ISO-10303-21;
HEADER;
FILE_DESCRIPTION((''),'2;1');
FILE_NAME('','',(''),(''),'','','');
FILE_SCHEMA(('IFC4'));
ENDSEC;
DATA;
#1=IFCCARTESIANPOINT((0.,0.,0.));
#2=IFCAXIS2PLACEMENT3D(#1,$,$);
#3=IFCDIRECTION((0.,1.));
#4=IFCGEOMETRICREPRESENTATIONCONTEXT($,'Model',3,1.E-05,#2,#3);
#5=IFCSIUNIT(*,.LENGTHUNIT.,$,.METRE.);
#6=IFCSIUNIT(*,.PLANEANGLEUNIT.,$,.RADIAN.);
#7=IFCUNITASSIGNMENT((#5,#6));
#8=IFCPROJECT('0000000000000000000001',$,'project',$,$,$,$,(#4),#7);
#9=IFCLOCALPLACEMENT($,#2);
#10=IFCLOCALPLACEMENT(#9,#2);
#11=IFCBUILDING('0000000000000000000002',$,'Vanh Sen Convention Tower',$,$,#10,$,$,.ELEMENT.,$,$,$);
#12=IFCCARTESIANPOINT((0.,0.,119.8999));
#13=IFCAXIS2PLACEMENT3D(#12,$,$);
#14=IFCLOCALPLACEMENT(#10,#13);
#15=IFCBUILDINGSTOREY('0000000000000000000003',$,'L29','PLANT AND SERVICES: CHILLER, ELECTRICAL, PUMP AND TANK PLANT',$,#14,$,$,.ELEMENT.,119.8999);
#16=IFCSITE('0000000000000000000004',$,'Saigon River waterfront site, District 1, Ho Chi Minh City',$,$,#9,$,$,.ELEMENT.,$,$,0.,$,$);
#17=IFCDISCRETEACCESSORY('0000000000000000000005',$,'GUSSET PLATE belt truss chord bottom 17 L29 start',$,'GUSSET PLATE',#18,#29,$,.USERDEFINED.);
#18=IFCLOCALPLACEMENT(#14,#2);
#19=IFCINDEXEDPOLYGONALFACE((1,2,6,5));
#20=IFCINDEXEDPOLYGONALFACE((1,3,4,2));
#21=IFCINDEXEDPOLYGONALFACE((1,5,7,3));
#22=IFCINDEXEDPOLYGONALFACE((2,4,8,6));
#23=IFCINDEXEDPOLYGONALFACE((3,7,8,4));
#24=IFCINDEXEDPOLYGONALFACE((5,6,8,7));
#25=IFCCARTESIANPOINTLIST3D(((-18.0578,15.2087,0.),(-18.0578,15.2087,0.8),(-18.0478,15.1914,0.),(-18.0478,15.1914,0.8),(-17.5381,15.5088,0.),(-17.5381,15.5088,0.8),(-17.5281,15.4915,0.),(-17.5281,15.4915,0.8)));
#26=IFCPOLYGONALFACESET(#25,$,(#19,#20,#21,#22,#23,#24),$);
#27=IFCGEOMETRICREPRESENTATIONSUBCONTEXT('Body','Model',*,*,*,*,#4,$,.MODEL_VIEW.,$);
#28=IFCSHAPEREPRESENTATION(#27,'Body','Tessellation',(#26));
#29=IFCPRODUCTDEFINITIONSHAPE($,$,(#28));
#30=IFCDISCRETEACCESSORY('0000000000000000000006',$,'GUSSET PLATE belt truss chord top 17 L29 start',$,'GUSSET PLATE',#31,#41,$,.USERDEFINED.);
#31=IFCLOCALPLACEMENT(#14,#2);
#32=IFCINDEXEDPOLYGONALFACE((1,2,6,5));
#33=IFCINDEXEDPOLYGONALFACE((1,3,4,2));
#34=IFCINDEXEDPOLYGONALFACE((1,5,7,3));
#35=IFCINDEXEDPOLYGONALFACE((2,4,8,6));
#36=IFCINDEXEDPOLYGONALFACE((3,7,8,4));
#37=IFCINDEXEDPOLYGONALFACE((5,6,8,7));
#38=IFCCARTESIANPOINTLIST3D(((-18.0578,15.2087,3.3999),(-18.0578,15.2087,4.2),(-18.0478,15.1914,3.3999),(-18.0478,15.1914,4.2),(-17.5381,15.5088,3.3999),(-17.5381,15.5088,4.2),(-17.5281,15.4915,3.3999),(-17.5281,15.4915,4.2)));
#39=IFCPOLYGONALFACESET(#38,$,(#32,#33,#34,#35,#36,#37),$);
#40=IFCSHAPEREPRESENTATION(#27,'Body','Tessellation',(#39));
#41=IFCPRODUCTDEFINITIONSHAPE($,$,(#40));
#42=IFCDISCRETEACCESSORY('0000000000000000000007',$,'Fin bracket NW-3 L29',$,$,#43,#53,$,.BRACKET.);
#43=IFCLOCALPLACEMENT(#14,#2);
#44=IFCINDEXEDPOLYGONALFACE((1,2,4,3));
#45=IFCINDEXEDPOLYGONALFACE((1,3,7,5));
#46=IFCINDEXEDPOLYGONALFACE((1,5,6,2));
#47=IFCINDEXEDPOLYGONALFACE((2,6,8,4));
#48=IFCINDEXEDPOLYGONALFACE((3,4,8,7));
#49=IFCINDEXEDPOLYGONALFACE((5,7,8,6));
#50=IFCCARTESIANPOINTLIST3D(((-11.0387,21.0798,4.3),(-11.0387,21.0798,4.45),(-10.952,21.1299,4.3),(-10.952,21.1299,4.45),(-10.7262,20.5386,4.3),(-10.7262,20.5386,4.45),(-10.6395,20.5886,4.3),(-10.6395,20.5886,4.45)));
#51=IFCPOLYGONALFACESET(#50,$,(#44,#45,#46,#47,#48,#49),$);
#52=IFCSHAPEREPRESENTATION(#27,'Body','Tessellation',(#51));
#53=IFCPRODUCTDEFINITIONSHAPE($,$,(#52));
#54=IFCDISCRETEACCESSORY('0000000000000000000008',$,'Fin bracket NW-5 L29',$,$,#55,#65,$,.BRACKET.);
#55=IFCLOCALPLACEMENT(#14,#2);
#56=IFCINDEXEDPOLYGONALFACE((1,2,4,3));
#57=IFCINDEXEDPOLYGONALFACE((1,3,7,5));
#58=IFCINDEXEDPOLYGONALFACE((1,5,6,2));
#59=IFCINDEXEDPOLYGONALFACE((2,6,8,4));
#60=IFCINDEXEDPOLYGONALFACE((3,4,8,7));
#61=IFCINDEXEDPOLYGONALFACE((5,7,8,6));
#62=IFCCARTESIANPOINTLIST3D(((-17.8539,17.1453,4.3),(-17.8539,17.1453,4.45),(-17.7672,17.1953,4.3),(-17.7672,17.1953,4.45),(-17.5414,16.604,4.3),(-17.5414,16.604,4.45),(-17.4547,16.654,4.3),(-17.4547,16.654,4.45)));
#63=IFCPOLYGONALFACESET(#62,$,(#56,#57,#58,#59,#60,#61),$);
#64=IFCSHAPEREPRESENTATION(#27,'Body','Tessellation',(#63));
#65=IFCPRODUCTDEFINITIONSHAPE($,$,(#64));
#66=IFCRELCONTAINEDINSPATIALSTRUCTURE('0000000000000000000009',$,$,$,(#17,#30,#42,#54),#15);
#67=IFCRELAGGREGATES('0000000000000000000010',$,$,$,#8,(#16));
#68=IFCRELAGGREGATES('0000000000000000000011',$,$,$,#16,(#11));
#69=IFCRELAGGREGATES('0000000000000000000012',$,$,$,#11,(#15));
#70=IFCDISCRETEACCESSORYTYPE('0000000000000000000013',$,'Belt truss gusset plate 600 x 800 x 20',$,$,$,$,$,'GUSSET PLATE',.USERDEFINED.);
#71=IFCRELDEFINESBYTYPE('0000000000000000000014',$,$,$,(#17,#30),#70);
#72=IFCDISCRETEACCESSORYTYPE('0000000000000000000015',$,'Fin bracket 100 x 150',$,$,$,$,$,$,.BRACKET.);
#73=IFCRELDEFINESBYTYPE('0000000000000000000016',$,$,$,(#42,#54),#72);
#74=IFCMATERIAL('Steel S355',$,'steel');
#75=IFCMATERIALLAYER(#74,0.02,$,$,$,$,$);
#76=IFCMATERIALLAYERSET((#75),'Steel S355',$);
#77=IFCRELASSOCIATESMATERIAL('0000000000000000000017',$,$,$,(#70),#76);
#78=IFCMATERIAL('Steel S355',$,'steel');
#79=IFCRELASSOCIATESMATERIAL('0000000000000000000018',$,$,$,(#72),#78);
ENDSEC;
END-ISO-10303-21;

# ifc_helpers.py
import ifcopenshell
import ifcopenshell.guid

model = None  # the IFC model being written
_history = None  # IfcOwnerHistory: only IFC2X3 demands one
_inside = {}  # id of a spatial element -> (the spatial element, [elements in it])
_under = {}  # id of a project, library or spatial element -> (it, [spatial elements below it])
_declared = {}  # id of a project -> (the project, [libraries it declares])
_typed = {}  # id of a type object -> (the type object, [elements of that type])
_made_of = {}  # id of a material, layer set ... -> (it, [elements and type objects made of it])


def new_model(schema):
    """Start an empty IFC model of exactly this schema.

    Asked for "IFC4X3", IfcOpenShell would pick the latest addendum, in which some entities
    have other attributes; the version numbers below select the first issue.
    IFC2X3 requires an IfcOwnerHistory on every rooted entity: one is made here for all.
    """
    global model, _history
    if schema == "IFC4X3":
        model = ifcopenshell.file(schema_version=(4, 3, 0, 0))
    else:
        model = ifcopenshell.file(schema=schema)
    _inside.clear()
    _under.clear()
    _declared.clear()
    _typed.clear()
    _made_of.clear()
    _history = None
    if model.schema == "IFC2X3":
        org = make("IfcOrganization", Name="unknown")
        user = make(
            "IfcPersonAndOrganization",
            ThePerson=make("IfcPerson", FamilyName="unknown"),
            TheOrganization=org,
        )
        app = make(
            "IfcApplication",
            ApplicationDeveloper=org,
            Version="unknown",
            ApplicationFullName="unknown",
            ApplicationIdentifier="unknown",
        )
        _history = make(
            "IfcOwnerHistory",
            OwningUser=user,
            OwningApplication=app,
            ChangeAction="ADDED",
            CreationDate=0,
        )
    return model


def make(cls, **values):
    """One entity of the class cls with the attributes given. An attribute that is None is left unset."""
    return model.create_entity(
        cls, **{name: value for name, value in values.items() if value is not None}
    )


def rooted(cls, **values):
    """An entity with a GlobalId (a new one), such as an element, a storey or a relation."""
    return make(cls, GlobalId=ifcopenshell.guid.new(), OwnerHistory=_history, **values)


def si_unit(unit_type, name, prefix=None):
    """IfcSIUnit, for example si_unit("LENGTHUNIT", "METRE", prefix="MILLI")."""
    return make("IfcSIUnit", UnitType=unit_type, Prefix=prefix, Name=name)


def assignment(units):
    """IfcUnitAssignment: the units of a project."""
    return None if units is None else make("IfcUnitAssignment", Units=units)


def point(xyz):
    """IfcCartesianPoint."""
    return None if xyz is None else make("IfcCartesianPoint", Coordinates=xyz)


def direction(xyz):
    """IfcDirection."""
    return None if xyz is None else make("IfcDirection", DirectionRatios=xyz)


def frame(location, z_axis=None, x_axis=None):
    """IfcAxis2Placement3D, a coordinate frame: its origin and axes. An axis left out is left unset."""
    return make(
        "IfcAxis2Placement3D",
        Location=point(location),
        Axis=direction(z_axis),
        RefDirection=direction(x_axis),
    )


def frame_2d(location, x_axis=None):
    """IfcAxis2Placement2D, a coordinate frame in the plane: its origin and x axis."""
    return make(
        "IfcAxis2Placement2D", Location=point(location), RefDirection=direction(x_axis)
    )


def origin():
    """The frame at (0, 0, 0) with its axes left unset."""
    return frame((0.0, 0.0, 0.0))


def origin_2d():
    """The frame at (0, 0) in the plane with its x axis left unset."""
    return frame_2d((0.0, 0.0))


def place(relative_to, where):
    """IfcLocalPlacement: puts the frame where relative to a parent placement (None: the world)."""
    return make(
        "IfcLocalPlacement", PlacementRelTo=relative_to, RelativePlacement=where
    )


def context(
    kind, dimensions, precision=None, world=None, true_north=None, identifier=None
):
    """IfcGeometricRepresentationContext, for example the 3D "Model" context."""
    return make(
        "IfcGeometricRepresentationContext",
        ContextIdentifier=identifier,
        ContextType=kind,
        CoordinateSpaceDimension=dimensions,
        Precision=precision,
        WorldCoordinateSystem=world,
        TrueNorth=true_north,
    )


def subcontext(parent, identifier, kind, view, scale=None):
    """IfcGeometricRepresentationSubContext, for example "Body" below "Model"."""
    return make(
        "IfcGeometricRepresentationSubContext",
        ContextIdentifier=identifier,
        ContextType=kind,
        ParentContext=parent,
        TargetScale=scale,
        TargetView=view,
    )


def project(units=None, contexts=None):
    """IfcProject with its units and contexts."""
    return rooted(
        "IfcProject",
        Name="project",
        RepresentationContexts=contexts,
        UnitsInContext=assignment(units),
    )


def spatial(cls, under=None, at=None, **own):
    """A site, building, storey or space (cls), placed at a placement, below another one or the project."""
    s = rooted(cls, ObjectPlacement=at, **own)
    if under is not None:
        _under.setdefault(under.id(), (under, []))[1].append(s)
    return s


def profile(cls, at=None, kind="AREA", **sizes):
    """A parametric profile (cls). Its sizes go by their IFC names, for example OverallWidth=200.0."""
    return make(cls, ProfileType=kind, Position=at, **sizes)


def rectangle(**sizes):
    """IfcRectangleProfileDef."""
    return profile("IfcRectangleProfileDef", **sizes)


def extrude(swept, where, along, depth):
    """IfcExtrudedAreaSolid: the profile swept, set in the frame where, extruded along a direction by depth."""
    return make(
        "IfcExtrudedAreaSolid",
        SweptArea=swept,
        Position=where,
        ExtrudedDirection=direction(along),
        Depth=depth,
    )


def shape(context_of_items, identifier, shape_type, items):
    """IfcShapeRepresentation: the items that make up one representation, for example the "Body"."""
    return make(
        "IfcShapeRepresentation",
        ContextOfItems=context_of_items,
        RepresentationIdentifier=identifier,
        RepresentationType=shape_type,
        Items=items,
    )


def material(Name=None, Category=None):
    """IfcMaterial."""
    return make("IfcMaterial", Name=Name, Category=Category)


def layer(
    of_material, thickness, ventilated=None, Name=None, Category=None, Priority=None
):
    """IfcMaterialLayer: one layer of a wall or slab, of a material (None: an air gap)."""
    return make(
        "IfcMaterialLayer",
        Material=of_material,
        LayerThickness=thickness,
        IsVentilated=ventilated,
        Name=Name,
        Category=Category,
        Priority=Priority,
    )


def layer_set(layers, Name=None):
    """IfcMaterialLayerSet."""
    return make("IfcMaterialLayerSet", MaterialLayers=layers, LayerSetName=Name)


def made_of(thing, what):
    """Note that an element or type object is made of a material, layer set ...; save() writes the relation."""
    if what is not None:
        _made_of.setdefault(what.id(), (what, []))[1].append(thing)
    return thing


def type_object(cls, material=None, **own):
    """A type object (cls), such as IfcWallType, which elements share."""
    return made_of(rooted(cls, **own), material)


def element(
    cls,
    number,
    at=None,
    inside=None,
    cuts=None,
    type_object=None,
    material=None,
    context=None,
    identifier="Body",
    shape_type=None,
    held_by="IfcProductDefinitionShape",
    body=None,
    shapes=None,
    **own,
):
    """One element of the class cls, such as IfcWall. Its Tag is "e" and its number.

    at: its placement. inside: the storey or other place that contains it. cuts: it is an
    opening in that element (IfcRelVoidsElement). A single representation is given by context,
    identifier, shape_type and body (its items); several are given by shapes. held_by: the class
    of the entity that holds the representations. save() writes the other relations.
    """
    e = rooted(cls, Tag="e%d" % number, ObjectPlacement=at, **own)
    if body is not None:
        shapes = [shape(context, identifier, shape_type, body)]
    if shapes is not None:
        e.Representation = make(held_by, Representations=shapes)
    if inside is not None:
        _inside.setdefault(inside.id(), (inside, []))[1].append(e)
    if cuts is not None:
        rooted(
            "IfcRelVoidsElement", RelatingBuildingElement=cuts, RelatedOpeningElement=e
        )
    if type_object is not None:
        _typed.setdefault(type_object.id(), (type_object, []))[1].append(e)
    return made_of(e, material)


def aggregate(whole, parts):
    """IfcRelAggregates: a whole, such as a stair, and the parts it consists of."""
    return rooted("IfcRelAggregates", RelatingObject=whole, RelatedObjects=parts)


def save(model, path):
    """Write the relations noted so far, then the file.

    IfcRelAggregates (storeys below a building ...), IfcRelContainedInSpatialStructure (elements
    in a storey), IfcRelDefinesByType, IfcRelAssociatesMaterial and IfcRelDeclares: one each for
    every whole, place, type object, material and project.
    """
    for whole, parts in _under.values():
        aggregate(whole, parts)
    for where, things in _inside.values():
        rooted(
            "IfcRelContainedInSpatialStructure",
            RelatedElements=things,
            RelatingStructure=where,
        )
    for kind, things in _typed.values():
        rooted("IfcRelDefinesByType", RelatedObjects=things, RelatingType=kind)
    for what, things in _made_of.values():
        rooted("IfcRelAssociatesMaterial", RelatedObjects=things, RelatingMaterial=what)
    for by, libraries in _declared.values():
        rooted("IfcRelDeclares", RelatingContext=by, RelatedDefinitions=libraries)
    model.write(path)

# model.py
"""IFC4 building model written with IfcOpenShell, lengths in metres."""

from ifc_helpers import new_model, si_unit, direction, frame, origin, origin_2d, place, context, subcontext, project, spatial, rectangle, extrude, material, layer, layer_set, type_object, element, save


model = new_model("IFC4")

# Units and contexts
model_context = context("Model", 3, precision=1e-05, world=origin(), true_north=direction((0.0, 1.0)))
body_context = subcontext(model_context, "Body", "Model", "MODEL_VIEW")
ifc_project = project(units=[si_unit("LENGTHUNIT", "METRE"), si_unit("PLANEANGLEUNIT", "RADIAN")], contexts=[model_context])

# Site, building, storey
site_placement = place(None, origin())
site = spatial("IfcSite", under=ifc_project, at=site_placement, Name="Saigon River waterfront site, District 1, Ho Chi Minh City", CompositionType="ELEMENT", RefElevation=0.0)
building_placement = place(site_placement, origin())
building = spatial("IfcBuilding", under=site, at=building_placement, Name="Vanh Sen Convention Tower", CompositionType="ELEMENT")
storey_placement = place(building_placement, frame((0.0, 0.0, 119.8999)))
storey = spatial("IfcBuildingStorey", under=building, at=storey_placement, Name="L29", Description="PLANT AND SERVICES: CHILLER, ELECTRICAL, PUMP AND TANK PLANT", CompositionType="ELEMENT", Elevation=119.8999)

# Shared definitions
ifc_material_1 = material(Name="Steel S355", Category="steel")

# Discrete accessories
ifc_layer_1 = layer(ifc_material_1, 0.02)
ifc_layer_set_1 = layer_set([ifc_layer_1], Name="Steel S355")
discrete_accessory_type_1 = type_object("IfcDiscreteAccessoryType", Name="Belt truss gusset plate 600 x 800 x 20", ElementType="GUSSET PLATE", PredefinedType="USERDEFINED", material=ifc_layer_set_1)
for number, where, z_axis, x_axis, name in (
    (1, (-17.793, 15.3501, 0.0), (0.0, 0.0, 1.0), (-0.866021, -0.500008, 0.0), "GUSSET PLATE belt truss chord bottom 17 L29 start"),
    (2, (-17.793, 15.3501, 3.3999), (0.0, 0.0, 1.0), (-0.866021, -0.500008, 0.0), "GUSSET PLATE belt truss chord top 17 L29 start"),
):
    element("IfcDiscreteAccessory", number, at=place(storey_placement, frame(where, z_axis=z_axis, x_axis=x_axis)), inside=storey, type_object=discrete_accessory_type_1, Name=name, ObjectType="GUSSET PLATE", PredefinedType="USERDEFINED", context=body_context, shape_type="SweptSolid", body=[
        extrude(rectangle(XDim=0.6001, YDim=0.02, at=origin_2d()), origin(), (0.0, 0.0, 1.0), 0.8),
    ])
ifc_material_2 = material(Name="Steel S355", Category="steel")
discrete_accessory_type_2 = type_object("IfcDiscreteAccessoryType", Name="Fin bracket 100 x 150", PredefinedType="BRACKET", material=ifc_material_2)
for number, where, z_axis, x_axis, name in (
    (3, (-10.8391, 20.8342, 4.3), (0.0, 0.0, 1.0), (-0.5, 0.866025, 0.0), "Fin bracket NW-3 L29"),
    (4, (-17.6543, 16.8997, 4.3), (0.0, 0.0, 1.0), (-0.5, 0.866025, 0.0), "Fin bracket NW-5 L29"),
):
    element("IfcDiscreteAccessory", number, at=place(storey_placement, frame(where, z_axis=z_axis, x_axis=x_axis)), inside=storey, type_object=discrete_accessory_type_2, Name=name, PredefinedType="BRACKET", context=body_context, shape_type="SweptSolid", body=[
        extrude(rectangle(XDim=0.625, YDim=0.1001, at=origin_2d()), origin(), (0.0, 0.0, 1.0), 0.1499),
    ])

save(model, "model.ifc")
